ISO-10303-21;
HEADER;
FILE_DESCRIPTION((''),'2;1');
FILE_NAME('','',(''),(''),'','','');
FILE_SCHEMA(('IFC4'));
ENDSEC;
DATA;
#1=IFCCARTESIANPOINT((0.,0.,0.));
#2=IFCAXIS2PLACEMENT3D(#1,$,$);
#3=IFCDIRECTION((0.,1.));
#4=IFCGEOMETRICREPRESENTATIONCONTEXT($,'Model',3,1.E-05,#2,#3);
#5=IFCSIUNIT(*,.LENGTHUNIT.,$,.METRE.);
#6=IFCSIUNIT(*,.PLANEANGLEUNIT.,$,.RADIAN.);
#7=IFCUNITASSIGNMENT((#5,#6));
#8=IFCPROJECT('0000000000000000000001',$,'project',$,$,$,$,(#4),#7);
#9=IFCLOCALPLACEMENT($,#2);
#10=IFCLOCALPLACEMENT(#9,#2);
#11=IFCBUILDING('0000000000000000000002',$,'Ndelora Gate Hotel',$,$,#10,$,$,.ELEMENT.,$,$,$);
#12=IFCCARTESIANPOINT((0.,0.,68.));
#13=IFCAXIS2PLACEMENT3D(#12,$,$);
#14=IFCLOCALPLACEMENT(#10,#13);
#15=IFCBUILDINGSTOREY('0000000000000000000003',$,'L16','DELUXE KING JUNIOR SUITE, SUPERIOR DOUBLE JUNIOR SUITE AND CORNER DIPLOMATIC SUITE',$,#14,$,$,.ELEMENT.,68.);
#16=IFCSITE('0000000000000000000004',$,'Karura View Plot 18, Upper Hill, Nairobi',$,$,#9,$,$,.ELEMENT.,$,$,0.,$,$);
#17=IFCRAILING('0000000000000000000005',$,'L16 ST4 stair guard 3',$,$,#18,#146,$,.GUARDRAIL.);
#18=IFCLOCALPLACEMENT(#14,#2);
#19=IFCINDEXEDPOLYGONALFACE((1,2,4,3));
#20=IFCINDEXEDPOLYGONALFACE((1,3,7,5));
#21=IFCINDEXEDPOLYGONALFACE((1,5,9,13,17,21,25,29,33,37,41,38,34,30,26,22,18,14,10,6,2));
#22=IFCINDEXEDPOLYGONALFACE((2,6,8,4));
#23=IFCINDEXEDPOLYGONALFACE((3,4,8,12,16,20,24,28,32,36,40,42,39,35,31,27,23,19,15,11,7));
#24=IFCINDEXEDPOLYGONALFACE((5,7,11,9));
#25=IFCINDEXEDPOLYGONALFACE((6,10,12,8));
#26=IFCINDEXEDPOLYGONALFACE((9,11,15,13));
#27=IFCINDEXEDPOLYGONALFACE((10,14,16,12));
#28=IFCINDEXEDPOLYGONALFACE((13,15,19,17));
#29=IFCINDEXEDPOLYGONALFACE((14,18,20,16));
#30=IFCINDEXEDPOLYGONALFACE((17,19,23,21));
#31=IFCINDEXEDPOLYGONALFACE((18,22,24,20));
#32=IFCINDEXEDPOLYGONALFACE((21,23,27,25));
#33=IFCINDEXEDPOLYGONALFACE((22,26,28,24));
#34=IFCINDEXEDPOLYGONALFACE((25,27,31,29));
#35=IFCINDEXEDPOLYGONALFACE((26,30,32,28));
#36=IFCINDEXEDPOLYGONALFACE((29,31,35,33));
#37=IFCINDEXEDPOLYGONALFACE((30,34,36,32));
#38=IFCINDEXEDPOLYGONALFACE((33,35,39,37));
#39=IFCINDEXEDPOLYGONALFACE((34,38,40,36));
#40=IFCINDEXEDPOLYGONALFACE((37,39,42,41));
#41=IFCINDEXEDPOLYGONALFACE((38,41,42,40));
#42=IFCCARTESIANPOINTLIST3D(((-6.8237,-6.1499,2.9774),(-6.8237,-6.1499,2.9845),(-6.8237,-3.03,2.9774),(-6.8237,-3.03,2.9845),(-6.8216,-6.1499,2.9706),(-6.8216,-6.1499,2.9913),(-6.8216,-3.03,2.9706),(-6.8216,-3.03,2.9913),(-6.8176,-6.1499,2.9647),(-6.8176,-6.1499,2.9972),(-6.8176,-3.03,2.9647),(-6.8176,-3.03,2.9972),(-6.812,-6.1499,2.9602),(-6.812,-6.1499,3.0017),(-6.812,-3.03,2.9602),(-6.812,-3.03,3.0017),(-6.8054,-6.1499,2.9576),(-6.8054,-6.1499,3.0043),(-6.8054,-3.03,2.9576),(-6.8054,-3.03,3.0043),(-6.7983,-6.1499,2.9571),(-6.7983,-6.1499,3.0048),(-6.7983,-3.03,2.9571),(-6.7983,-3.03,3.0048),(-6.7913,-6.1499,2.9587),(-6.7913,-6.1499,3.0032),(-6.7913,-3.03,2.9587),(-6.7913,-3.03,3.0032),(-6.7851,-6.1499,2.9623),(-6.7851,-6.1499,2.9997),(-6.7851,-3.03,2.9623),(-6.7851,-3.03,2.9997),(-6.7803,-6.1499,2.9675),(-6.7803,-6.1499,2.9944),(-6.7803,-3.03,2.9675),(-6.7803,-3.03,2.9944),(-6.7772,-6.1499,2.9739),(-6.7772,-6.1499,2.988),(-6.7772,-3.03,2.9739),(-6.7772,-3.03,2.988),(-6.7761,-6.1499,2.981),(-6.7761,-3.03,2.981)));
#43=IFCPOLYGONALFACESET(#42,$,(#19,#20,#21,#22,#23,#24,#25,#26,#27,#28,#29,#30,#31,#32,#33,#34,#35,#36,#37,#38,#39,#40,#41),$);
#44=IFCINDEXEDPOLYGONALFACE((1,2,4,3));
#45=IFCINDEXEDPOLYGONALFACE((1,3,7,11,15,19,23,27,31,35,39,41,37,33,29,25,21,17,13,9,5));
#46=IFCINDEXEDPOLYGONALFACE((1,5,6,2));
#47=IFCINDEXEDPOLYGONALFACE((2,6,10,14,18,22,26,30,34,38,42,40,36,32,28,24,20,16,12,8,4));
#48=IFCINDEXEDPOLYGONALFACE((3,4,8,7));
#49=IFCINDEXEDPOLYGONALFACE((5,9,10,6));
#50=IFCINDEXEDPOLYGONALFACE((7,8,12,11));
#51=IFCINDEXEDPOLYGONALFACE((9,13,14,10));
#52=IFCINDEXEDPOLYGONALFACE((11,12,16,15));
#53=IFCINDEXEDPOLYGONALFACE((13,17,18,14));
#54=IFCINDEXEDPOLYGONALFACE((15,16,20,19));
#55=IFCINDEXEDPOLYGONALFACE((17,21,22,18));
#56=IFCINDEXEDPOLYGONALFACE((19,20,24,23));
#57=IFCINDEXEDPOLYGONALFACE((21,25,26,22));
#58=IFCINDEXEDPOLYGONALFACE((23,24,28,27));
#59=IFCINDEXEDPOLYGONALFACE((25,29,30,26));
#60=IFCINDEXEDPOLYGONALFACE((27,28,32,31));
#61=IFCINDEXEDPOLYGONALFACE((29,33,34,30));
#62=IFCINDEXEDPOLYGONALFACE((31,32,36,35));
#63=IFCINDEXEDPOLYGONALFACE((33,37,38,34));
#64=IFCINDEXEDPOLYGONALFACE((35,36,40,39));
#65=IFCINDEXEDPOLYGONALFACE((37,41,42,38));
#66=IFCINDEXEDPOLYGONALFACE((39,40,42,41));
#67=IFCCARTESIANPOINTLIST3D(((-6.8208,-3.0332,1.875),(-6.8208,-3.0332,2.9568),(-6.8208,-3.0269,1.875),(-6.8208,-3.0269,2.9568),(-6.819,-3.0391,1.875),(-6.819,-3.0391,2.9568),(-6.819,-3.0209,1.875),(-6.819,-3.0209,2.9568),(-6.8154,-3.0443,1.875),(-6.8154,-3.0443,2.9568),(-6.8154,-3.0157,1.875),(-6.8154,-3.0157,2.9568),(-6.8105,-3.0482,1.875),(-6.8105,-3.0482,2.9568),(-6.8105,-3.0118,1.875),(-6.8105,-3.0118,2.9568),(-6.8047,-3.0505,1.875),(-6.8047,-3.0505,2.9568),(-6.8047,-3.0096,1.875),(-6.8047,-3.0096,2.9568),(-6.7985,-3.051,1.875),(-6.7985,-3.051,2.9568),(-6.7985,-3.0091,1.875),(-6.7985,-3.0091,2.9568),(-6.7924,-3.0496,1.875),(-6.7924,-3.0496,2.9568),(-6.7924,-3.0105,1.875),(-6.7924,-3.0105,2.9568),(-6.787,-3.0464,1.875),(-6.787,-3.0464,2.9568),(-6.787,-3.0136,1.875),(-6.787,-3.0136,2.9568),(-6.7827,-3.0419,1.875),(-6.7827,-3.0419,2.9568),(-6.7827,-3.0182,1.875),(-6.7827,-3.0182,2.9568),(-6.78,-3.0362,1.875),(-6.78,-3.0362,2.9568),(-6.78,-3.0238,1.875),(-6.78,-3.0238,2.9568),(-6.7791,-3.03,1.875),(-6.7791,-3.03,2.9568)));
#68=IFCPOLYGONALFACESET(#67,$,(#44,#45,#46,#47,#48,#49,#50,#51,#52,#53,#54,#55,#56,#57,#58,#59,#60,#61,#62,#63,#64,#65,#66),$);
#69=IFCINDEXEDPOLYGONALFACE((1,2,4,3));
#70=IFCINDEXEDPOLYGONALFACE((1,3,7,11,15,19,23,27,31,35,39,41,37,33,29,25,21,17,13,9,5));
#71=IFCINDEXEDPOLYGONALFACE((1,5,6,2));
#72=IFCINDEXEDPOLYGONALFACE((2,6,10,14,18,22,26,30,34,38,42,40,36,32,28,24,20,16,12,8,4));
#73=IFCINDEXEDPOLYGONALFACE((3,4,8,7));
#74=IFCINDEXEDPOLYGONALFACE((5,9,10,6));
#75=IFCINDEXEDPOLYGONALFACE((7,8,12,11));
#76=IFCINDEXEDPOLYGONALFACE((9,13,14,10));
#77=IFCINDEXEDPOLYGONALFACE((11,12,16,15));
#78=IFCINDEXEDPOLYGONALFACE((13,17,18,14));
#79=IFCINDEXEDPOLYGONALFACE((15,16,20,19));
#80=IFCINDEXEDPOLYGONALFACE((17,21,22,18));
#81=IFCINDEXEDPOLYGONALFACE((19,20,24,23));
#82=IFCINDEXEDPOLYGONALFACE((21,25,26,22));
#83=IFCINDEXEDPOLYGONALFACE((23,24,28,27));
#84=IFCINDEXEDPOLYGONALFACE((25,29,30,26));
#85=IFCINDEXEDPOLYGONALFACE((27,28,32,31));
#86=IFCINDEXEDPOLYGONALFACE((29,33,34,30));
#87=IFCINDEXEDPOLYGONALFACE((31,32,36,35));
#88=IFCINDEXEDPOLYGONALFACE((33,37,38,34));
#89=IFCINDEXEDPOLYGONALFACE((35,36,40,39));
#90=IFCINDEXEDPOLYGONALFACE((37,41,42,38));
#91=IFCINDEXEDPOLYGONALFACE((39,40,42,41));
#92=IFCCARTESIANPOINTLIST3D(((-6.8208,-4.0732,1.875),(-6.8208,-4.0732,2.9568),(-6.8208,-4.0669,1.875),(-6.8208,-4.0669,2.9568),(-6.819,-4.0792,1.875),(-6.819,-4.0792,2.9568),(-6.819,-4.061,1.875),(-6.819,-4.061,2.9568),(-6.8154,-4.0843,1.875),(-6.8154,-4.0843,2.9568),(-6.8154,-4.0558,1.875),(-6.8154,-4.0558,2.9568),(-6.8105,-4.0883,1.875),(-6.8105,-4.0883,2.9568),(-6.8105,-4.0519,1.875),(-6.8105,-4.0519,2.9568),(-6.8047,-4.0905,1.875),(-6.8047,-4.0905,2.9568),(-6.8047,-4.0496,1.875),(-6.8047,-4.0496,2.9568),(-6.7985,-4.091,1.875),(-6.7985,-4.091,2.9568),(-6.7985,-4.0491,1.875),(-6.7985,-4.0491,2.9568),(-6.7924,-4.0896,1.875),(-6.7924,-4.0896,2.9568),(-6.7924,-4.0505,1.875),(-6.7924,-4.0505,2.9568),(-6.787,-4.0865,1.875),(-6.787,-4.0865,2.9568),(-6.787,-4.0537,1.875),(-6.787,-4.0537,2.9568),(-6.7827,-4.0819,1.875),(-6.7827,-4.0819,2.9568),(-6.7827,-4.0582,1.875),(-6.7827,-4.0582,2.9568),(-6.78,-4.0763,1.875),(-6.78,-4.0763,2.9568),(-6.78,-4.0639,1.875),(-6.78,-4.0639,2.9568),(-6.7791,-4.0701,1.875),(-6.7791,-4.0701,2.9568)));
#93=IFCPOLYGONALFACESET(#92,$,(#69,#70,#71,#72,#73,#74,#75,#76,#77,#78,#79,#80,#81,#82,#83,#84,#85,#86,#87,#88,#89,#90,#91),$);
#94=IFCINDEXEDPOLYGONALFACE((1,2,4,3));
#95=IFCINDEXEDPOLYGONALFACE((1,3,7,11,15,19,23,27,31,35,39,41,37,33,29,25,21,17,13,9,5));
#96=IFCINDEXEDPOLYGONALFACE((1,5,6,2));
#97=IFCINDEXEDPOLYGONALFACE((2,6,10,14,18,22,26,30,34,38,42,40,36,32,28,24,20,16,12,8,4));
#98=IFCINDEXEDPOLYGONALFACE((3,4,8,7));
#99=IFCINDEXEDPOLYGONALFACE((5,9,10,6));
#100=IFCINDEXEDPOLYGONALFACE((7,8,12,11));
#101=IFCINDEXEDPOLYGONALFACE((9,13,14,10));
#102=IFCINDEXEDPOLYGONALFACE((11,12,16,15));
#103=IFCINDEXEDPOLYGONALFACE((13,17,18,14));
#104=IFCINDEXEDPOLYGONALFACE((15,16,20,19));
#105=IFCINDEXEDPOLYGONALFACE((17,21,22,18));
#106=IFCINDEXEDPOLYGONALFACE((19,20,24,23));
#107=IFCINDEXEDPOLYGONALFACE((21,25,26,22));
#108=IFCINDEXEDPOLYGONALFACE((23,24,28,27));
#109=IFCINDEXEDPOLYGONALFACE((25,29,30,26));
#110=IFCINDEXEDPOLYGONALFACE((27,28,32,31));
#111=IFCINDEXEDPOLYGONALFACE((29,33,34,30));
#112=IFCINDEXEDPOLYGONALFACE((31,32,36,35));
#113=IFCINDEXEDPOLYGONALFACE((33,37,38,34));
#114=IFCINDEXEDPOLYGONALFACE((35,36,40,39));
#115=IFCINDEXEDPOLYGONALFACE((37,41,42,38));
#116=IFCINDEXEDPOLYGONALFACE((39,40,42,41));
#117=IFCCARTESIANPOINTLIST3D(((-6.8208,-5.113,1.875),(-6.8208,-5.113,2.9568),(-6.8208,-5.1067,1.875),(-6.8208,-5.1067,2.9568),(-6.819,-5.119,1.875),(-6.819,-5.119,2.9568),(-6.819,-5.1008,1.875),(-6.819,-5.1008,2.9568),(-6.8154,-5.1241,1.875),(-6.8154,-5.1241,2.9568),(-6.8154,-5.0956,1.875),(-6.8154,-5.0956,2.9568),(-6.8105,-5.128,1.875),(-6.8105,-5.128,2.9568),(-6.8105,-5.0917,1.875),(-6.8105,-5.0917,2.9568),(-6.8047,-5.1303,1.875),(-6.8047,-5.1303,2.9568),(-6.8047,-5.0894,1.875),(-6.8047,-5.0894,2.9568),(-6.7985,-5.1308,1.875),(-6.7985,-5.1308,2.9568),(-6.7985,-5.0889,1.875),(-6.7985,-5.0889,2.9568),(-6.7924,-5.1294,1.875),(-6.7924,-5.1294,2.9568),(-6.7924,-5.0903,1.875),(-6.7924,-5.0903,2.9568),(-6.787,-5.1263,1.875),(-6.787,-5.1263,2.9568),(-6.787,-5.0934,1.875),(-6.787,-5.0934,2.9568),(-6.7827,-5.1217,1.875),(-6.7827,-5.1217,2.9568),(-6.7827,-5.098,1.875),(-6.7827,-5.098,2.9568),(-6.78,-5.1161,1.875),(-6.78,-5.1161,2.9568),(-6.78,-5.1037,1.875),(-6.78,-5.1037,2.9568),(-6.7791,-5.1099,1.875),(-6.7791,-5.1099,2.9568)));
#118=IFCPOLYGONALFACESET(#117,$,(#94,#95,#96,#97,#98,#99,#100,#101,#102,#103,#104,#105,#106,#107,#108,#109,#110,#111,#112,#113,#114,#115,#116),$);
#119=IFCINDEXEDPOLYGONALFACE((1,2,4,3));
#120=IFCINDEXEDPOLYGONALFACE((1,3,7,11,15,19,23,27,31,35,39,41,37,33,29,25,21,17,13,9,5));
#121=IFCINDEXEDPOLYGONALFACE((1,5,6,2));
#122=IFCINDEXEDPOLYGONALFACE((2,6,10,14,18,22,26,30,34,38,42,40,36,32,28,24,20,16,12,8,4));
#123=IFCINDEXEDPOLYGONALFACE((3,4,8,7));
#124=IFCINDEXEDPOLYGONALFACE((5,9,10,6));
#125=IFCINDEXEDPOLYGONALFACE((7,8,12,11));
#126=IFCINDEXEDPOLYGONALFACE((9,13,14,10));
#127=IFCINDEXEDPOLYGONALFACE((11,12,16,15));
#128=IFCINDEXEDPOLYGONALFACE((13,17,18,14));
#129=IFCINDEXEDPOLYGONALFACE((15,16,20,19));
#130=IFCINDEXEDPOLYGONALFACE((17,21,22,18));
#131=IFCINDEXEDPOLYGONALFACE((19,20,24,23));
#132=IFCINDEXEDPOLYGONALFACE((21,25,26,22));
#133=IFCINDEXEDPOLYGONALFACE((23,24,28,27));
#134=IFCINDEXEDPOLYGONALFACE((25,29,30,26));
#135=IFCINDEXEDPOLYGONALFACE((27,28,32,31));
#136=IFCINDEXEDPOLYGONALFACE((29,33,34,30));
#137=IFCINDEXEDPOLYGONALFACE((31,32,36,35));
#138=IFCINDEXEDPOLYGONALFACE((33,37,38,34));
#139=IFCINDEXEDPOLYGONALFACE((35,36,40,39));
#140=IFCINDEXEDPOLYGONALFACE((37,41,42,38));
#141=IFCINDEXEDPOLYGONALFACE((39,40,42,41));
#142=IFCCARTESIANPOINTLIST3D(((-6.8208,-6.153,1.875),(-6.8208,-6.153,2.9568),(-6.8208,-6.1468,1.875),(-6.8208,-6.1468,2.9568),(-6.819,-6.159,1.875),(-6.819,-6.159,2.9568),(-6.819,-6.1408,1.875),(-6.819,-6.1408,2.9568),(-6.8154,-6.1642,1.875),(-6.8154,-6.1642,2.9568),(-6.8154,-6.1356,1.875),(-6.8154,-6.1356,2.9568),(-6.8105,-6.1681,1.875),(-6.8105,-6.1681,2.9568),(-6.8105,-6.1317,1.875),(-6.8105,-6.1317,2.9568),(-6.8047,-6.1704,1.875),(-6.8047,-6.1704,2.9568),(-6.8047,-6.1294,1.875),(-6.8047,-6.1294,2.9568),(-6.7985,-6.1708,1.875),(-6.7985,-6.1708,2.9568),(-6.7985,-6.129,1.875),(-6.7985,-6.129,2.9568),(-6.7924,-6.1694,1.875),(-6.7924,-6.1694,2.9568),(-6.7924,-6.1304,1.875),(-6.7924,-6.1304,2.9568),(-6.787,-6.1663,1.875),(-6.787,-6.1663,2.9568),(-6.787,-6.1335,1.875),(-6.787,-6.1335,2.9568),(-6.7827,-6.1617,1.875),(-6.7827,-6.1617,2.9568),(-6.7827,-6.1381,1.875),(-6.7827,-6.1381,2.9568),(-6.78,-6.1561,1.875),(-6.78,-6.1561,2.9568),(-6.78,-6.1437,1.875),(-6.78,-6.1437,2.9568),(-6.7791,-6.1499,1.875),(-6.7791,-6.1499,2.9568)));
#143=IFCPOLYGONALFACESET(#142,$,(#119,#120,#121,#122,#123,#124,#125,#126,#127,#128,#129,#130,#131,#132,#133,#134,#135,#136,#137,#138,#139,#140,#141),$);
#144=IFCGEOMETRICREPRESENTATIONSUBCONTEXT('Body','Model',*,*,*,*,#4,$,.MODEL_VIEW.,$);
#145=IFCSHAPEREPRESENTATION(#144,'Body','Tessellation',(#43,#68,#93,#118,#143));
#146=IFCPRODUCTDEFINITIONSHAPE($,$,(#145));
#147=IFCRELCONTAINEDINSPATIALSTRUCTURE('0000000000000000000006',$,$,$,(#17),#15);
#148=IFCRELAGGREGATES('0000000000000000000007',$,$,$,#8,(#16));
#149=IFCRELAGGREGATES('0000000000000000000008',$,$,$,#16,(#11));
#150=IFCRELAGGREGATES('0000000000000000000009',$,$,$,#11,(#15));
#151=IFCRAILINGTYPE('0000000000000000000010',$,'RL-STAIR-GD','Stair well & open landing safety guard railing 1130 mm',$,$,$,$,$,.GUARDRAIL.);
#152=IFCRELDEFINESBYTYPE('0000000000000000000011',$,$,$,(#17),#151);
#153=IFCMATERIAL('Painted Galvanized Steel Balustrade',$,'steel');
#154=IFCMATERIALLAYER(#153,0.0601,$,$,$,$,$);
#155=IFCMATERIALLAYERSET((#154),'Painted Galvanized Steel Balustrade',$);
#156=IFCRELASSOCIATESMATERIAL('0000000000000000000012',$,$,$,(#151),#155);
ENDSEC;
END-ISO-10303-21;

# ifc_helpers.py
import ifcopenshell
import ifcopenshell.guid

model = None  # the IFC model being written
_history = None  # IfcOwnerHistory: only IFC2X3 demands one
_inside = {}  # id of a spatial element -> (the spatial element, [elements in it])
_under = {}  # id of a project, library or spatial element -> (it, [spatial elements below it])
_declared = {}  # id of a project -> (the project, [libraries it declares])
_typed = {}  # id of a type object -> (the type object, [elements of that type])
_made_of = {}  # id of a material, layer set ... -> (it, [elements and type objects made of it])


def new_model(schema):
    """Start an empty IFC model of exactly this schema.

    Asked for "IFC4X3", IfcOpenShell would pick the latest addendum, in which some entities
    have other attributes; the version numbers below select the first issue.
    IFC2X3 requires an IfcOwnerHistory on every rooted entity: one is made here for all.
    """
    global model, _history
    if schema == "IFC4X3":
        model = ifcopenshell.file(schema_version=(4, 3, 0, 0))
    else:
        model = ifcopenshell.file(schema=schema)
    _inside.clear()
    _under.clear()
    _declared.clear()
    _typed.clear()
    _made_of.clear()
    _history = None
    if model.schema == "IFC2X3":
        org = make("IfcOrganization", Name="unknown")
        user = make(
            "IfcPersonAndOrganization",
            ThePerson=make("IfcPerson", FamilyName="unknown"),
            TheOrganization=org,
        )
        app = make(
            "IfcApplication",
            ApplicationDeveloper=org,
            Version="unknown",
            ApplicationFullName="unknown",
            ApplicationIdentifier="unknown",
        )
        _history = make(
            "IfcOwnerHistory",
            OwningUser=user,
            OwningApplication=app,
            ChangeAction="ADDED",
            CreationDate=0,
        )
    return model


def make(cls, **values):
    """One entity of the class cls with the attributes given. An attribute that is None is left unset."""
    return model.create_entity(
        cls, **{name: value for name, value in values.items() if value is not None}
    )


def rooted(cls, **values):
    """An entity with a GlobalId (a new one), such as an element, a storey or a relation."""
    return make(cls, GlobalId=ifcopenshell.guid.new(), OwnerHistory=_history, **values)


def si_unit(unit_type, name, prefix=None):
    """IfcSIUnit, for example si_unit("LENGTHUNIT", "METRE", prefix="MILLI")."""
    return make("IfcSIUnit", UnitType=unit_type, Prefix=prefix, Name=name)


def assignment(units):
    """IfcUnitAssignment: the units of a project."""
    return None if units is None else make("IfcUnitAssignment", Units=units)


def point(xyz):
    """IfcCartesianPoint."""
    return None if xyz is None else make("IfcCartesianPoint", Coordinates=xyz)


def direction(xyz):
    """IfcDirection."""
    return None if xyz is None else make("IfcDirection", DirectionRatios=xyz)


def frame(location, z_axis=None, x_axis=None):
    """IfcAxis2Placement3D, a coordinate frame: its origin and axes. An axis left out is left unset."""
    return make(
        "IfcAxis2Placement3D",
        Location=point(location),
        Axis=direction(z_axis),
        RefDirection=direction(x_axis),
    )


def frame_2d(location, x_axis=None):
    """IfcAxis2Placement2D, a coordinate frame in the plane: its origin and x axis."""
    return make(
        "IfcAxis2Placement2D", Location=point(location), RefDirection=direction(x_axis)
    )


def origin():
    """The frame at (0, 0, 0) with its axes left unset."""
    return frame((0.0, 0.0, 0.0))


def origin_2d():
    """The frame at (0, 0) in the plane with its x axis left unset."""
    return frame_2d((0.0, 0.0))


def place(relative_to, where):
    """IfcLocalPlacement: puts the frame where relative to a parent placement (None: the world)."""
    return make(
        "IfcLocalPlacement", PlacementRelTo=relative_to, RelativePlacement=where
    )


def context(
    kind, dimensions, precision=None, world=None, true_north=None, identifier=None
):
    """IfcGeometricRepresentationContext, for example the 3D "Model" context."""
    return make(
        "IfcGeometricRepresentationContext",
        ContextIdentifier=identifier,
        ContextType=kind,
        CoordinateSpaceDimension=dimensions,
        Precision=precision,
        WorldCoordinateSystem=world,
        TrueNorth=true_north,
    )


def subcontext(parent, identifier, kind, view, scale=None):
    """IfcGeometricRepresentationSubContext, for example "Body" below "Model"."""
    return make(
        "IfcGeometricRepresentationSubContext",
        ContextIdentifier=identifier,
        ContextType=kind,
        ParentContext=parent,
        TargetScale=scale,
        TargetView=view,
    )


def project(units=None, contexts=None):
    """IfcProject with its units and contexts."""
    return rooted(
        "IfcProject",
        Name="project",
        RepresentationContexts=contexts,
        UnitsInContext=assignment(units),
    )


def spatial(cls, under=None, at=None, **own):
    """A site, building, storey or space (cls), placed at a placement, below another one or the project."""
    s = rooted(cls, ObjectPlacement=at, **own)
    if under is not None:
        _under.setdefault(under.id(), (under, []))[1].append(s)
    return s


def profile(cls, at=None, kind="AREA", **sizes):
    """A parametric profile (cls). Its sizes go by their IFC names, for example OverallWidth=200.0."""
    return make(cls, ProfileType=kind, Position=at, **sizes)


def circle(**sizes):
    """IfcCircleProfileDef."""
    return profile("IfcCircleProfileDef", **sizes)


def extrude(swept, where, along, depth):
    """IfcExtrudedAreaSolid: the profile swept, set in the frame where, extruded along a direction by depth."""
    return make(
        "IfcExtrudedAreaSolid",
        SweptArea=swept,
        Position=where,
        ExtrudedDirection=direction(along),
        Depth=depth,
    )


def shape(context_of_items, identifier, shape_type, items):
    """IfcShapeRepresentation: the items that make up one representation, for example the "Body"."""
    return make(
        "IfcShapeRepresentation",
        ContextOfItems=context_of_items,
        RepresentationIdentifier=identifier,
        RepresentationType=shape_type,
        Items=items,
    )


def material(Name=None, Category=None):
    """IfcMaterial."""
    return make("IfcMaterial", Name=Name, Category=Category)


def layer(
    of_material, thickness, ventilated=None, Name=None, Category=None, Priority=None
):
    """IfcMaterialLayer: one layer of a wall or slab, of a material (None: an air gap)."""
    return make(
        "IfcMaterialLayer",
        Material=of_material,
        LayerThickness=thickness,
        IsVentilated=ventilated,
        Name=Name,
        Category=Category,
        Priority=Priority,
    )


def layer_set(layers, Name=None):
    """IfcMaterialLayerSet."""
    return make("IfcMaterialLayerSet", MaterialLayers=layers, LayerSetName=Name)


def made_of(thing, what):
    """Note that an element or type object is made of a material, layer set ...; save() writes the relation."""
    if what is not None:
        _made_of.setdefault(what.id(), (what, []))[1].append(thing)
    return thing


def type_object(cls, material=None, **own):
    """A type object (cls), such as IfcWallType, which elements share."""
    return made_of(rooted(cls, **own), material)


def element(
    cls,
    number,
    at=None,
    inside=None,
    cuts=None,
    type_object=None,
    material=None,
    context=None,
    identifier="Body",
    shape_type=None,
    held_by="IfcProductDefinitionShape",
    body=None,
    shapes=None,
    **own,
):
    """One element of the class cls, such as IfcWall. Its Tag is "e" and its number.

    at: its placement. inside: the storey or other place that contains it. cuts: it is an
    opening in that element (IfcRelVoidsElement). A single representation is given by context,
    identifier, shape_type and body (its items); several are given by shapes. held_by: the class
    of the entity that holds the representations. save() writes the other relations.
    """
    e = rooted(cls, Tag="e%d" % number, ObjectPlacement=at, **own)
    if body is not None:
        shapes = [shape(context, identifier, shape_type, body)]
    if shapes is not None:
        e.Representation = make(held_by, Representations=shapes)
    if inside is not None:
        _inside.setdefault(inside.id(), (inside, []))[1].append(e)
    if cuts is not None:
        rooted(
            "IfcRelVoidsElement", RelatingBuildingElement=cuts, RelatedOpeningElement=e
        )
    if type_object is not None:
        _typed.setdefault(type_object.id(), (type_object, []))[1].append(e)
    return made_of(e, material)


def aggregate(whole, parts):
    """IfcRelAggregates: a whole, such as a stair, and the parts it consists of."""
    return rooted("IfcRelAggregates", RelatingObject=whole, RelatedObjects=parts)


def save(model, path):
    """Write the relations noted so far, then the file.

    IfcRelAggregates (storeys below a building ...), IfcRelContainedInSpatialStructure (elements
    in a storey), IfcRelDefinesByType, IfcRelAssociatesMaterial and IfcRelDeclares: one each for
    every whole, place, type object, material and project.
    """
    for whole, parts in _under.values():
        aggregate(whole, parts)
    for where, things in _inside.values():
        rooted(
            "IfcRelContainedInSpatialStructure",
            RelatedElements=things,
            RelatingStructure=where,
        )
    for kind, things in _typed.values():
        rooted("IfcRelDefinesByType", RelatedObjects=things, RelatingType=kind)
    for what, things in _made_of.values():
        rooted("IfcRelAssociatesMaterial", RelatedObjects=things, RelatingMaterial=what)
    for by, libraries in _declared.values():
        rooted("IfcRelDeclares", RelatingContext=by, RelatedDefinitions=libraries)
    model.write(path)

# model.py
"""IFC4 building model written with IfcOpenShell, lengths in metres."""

from ifc_helpers import new_model, si_unit, direction, frame, origin, origin_2d, place, context, subcontext, project, spatial, circle, extrude, material, layer, layer_set, type_object, element, save


model = new_model("IFC4")

# Units and contexts
model_context = context("Model", 3, precision=1e-05, world=origin(), true_north=direction((0.0, 1.0)))
body_context = subcontext(model_context, "Body", "Model", "MODEL_VIEW")
ifc_project = project(units=[si_unit("LENGTHUNIT", "METRE"), si_unit("PLANEANGLEUNIT", "RADIAN")], contexts=[model_context])

# Site, building, storey
site_placement = place(None, origin())
site = spatial("IfcSite", under=ifc_project, at=site_placement, Name="Karura View Plot 18, Upper Hill, Nairobi", CompositionType="ELEMENT", RefElevation=0.0)
building_placement = place(site_placement, origin())
building = spatial("IfcBuilding", under=site, at=building_placement, Name="Ndelora Gate Hotel", CompositionType="ELEMENT")
storey_placement = place(building_placement, frame((0.0, 0.0, 68.0)))
storey = spatial("IfcBuildingStorey", under=building, at=storey_placement, Name="L16", Description="DELUXE KING JUNIOR SUITE, SUPERIOR DOUBLE JUNIOR SUITE AND CORNER DIPLOMATIC SUITE", CompositionType="ELEMENT", Elevation=68.0)

# Railing
ifc_material_1 = material(Name="Painted Galvanized Steel Balustrade", Category="steel")
ifc_layer_1 = layer(ifc_material_1, 0.0601)
ifc_layer_set_1 = layer_set([ifc_layer_1], Name="Painted Galvanized Steel Balustrade")
railing_type_1 = type_object("IfcRailingType", Name="RL-STAIR-GD", Description="Stair well & open landing safety guard railing 1130 mm", PredefinedType="GUARDRAIL", material=ifc_layer_set_1)
for number, where, name in (
    (1, (-6.8, -3.03, 1.875), "L16 ST4 stair guard 3"),
):
    element("IfcRailing", number, at=place(storey_placement, frame(where)), inside=storey, type_object=railing_type_1, Name=name, PredefinedType="GUARDRAIL", context=body_context, shape_type="SweptSolid", body=[
        extrude(circle(Radius=0.0239, at=origin_2d()), frame((0.0, 0.0, 1.106), z_axis=(0.0, -1.0, 0.0), x_axis=(1.0, 0.0, 0.0)), (0.0, 0.0, 1.0), 3.1199),
        extrude(circle(Radius=0.021, at=origin_2d()), origin(), (0.0, 0.0, 1.0), 1.0818),
        extrude(circle(Radius=0.021, at=origin_2d()), frame((0.0, -1.04, 0.0)), (0.0, 0.0, 1.0), 1.0818),
        extrude(circle(Radius=0.021, at=origin_2d()), frame((0.0, -2.0798, 0.0)), (0.0, 0.0, 1.0), 1.0818),
        extrude(circle(Radius=0.021, at=origin_2d()), frame((0.0, -3.1199, 0.0)), (0.0, 0.0, 1.0), 1.0818),
    ])

save(model, "model.ifc")
